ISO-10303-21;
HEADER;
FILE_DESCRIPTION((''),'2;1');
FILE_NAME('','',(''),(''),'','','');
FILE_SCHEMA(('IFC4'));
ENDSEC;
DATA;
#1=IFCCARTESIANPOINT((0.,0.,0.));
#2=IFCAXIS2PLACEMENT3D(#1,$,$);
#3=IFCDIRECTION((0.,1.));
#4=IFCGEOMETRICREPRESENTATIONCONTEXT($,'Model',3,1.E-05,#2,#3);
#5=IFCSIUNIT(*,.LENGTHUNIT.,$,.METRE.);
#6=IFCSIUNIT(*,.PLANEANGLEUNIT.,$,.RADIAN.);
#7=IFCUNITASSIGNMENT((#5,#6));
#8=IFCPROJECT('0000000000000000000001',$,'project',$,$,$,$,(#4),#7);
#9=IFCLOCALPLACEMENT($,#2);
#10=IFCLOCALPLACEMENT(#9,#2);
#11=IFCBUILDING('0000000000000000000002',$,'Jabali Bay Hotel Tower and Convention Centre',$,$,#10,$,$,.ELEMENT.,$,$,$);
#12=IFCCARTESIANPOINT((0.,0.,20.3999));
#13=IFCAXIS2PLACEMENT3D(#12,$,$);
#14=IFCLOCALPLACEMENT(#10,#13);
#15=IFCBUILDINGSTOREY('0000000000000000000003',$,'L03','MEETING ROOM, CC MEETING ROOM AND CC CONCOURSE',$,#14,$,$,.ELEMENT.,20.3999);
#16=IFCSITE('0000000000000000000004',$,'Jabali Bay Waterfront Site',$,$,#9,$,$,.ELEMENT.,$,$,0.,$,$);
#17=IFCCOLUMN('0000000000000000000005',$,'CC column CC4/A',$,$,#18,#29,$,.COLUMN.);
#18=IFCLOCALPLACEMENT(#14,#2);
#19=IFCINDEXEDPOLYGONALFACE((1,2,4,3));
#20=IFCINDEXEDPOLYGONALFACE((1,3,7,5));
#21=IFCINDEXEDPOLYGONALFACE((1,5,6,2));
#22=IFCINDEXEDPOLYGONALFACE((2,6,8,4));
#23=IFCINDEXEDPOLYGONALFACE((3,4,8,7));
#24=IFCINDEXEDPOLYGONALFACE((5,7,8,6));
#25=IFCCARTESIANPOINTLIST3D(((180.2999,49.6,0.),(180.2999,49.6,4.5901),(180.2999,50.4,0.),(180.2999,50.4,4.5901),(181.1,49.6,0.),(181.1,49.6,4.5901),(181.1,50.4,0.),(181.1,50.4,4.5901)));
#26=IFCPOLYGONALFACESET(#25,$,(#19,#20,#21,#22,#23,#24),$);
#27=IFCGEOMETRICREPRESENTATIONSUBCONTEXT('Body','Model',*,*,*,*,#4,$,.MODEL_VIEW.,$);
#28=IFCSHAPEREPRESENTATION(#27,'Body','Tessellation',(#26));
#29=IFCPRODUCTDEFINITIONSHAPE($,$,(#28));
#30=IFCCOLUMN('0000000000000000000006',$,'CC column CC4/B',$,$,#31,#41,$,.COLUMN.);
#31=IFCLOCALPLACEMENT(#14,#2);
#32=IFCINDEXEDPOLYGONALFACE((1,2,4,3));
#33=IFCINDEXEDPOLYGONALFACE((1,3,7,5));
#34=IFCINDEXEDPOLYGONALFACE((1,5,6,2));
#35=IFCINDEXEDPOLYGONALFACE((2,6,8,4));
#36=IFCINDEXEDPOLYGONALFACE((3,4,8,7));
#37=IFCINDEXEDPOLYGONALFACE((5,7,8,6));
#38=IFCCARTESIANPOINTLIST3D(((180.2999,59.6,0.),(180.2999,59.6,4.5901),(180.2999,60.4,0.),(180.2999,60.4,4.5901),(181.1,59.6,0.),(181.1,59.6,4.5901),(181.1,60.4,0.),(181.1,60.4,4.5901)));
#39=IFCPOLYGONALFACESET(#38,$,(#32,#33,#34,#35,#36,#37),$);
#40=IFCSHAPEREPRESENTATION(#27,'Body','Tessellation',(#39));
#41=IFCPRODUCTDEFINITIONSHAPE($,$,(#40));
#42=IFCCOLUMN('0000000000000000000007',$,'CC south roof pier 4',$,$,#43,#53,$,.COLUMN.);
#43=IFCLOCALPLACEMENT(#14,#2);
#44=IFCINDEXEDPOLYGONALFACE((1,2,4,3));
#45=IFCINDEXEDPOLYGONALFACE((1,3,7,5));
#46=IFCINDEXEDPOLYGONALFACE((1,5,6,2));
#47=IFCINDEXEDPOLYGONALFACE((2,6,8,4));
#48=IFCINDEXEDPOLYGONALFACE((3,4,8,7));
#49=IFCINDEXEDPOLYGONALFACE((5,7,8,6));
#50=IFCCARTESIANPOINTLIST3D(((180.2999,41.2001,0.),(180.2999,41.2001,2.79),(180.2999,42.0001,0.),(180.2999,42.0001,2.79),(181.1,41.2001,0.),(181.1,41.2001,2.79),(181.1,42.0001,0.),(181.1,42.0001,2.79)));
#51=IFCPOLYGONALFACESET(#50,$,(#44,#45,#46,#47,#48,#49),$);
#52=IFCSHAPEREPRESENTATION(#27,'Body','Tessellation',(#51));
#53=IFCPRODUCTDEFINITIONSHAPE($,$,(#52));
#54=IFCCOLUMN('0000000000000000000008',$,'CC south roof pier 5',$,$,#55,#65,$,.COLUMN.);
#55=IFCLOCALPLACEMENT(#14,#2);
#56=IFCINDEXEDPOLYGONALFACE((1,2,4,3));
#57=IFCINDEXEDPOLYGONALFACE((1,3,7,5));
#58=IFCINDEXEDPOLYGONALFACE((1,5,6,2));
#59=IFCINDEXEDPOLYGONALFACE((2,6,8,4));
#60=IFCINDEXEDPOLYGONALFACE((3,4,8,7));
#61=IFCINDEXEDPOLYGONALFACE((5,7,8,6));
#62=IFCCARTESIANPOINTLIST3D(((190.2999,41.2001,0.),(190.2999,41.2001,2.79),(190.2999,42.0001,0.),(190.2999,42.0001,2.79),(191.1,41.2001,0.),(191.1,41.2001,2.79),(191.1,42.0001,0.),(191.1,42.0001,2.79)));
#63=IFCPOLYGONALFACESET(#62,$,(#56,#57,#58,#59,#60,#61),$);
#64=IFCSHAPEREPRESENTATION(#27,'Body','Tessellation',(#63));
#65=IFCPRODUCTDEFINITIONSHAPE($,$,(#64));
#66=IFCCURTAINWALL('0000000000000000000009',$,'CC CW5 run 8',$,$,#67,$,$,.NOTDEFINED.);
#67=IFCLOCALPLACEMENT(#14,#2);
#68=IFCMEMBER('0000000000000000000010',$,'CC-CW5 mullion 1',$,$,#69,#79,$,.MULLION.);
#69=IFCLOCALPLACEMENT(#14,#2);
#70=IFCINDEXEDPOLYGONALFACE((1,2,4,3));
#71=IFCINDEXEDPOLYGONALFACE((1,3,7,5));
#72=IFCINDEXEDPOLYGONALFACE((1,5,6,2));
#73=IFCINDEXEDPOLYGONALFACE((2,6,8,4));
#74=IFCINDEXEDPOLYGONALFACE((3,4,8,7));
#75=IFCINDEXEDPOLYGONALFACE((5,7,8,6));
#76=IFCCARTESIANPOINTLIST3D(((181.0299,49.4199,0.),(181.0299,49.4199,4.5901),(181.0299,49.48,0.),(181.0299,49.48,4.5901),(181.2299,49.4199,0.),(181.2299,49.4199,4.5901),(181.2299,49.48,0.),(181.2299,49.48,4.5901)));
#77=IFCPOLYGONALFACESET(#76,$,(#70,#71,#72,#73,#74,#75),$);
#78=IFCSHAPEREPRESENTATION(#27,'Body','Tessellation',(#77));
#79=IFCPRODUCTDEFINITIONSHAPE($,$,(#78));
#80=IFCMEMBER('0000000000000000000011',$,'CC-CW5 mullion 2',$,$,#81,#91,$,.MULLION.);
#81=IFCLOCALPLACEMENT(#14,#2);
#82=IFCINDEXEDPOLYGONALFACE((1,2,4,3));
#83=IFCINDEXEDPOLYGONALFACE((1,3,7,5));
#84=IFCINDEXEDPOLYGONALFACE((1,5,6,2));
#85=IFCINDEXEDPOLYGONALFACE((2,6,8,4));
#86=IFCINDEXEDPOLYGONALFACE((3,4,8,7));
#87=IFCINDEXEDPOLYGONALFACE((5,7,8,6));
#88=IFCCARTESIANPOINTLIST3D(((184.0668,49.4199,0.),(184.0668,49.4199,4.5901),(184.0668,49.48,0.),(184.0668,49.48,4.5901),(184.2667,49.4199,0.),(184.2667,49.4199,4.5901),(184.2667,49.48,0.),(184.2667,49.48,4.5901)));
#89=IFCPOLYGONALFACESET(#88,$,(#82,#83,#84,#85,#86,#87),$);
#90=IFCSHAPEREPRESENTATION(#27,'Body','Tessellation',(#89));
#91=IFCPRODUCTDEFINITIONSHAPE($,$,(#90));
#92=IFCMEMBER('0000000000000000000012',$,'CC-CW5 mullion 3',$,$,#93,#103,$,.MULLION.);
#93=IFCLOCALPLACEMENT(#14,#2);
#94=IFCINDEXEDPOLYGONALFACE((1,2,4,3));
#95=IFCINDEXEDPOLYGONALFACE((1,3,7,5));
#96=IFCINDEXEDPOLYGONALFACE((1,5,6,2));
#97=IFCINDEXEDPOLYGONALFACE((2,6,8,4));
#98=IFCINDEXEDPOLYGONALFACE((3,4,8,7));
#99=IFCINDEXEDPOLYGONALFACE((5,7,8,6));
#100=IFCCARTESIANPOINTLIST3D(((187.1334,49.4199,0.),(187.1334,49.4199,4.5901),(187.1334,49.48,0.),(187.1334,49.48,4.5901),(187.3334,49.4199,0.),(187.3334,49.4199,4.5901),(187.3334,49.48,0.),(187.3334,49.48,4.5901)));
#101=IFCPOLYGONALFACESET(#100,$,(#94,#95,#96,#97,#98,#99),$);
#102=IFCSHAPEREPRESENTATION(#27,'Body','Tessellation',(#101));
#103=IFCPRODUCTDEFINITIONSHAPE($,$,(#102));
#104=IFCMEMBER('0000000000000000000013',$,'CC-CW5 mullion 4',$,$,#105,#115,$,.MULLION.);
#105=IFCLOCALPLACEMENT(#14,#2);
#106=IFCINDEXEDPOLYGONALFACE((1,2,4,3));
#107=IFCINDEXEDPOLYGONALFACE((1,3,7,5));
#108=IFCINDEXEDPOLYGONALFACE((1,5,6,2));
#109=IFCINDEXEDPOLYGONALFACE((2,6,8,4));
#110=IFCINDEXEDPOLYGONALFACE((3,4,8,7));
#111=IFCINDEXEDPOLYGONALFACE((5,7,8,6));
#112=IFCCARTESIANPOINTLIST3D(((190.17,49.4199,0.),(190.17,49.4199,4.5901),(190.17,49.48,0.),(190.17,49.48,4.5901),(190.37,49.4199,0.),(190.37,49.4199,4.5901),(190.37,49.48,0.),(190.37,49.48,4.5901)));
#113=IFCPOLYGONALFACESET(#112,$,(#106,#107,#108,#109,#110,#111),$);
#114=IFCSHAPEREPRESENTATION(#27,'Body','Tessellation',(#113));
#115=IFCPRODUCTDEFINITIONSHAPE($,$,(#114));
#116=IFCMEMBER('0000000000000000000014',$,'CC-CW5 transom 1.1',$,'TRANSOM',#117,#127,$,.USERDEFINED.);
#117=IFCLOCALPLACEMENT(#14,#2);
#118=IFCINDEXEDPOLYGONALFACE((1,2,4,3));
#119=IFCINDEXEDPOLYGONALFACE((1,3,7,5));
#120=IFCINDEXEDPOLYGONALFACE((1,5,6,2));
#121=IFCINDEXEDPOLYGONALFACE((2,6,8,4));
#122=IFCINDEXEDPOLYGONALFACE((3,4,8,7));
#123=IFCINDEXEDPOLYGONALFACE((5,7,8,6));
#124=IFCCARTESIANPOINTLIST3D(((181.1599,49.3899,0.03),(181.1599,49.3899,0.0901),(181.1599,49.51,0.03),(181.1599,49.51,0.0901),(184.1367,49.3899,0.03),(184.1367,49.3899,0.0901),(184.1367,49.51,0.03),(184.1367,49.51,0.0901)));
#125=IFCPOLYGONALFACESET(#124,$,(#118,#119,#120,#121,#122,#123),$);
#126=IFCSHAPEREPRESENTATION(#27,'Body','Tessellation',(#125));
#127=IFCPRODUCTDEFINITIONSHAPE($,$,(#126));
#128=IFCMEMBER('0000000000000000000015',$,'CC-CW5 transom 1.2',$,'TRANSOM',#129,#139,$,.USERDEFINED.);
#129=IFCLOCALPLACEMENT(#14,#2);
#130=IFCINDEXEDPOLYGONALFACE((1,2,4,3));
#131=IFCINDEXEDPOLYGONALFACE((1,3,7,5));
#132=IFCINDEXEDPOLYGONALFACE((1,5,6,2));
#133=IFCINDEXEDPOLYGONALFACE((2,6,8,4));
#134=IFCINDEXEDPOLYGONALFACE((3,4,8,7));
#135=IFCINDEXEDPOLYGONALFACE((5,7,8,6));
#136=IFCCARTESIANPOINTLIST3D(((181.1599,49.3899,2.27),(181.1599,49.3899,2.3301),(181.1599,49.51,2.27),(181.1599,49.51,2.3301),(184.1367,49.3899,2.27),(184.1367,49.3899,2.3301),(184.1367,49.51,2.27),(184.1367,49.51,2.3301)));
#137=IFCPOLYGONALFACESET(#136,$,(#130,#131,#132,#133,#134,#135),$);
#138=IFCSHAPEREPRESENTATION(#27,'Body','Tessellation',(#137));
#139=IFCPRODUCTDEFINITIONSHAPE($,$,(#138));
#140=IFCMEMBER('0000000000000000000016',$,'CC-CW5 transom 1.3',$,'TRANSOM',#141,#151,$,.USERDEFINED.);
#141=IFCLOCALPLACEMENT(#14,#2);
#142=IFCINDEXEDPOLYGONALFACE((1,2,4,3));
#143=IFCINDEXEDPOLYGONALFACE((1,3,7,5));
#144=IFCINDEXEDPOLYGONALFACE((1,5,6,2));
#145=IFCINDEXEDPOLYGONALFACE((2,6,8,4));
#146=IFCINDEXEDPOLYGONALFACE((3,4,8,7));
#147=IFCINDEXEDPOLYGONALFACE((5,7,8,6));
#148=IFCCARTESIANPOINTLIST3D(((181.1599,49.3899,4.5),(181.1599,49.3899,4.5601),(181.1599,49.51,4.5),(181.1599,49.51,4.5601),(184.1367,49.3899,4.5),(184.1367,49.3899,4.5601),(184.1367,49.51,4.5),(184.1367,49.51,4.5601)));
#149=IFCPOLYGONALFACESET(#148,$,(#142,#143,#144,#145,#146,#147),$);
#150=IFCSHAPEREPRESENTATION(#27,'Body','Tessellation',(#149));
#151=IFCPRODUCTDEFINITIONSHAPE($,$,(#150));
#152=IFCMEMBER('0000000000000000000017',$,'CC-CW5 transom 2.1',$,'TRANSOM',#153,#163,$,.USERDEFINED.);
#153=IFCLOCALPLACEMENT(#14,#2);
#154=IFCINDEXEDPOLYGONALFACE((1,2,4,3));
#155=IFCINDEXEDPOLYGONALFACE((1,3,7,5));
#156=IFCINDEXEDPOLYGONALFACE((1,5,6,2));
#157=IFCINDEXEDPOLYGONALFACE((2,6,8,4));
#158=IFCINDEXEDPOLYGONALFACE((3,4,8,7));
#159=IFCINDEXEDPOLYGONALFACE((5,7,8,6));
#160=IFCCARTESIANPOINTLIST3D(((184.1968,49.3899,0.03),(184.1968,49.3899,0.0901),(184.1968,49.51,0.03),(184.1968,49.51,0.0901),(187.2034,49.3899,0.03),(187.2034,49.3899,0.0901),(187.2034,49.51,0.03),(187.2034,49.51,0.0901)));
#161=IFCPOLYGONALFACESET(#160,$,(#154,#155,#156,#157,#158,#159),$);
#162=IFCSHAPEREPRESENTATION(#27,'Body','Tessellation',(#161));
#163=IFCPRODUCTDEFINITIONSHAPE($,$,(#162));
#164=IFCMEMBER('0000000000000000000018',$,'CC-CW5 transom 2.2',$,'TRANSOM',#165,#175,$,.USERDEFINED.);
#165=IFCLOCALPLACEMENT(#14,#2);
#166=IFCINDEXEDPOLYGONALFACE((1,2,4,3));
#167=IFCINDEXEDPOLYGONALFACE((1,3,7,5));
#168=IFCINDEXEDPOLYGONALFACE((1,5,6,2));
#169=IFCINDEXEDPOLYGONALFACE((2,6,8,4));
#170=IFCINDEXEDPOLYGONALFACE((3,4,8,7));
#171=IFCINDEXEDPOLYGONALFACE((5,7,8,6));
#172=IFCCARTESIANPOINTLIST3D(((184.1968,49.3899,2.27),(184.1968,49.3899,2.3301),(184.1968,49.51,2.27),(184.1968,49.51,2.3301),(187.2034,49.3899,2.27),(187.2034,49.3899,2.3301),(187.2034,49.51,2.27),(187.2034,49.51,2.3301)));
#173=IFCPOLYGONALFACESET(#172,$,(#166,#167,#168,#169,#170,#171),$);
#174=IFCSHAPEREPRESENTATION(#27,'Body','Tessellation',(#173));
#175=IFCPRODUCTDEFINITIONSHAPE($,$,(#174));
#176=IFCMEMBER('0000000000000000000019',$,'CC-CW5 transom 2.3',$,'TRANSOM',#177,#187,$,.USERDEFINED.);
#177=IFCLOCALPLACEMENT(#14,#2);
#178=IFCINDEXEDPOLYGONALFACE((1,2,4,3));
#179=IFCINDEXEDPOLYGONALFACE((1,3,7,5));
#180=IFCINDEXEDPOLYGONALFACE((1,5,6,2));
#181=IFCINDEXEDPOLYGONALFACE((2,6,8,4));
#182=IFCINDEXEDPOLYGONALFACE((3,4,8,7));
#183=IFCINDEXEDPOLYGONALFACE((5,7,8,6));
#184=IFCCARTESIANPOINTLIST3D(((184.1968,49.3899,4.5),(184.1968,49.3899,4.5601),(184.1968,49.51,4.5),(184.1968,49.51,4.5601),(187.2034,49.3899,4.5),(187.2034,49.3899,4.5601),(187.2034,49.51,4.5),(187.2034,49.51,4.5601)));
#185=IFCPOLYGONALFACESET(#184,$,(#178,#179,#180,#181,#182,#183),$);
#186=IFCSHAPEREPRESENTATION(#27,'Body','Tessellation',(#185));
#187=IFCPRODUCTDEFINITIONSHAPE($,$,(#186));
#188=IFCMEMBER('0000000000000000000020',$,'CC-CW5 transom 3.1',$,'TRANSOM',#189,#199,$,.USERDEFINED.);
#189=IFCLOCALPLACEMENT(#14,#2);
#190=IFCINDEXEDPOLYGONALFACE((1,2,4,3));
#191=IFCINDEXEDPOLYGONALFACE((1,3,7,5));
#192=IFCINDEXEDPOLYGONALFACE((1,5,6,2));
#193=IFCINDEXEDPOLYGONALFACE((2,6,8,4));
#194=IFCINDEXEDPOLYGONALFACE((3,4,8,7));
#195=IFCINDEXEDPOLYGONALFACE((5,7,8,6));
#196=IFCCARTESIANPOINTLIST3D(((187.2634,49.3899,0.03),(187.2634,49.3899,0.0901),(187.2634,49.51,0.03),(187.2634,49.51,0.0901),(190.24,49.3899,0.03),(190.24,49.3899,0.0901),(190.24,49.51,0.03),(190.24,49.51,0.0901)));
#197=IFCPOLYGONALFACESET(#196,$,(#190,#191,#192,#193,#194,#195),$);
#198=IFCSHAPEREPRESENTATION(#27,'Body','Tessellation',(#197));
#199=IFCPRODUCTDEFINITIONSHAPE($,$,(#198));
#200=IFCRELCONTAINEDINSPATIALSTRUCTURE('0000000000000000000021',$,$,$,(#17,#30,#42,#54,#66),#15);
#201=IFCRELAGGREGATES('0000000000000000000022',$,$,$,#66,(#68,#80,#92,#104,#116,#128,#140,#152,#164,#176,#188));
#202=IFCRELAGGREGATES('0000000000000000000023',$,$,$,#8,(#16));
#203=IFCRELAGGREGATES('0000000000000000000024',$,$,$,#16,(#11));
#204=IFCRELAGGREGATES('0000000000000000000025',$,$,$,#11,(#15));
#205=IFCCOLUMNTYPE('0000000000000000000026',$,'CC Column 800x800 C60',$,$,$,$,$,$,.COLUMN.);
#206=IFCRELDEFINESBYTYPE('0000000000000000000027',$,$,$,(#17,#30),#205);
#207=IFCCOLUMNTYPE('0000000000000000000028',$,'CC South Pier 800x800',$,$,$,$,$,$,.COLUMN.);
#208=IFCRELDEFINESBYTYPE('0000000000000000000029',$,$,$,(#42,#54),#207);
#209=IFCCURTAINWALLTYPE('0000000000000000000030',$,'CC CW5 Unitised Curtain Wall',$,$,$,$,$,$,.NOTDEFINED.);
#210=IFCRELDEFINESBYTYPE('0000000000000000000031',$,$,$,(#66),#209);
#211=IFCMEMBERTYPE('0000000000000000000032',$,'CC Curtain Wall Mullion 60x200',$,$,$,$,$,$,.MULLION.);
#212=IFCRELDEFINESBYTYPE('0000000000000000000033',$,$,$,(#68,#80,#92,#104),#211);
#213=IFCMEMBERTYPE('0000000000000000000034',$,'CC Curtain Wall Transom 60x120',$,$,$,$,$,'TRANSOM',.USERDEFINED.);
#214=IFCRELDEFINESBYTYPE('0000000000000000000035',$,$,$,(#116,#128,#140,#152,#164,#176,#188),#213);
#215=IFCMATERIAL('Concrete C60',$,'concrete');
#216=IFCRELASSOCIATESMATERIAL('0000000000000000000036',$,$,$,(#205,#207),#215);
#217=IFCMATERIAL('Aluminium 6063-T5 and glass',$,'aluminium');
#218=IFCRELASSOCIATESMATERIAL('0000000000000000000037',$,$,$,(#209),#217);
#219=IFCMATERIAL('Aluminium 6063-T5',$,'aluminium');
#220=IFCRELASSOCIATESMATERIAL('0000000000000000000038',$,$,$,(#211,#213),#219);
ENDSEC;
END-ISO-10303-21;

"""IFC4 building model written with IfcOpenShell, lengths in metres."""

from ifc_helpers import new_model, si_unit, direction, frame, origin, origin_2d, place, context, subcontext, project, spatial, rectangle, extrude, material, material_profile, profile_set, type_object, element, aggregate, save


model = new_model("IFC4")

# Units and contexts
model_context = context("Model", 3, precision=1e-05, world=origin(), true_north=direction((0.0, 1.0)))
body_context = subcontext(model_context, "Body", "Model", "MODEL_VIEW")
ifc_project = project(units=[si_unit("LENGTHUNIT", "METRE"), si_unit("PLANEANGLEUNIT", "RADIAN")], contexts=[model_context])

# Site, building, storey
site_placement = place(None, origin())
site = spatial("IfcSite", under=ifc_project, at=site_placement, Name="Jabali Bay Waterfront Site", CompositionType="ELEMENT", RefElevation=0.0)
building_placement = place(site_placement, origin())
building = spatial("IfcBuilding", under=site, at=building_placement, Name="Jabali Bay Hotel Tower and Convention Centre", CompositionType="ELEMENT")
storey_placement = place(building_placement, frame((0.0, 0.0, 20.3999)))
storey = spatial("IfcBuildingStorey", under=building, at=storey_placement, Name="L03", Description="MEETING ROOM, CC MEETING ROOM AND CC CONCOURSE", CompositionType="ELEMENT", Elevation=20.3999)

# Columns
ifc_material_1 = material(Name="Concrete C60", Category="concrete")
ifc_material_profile_1 = material_profile(ifc_material_1, rectangle(XDim=0.8, YDim=0.8, at=origin_2d()), Name="RC 800x800")
ifc_profile_set_1 = profile_set([ifc_material_profile_1], Name="Concrete C60")
column_type_1 = type_object("IfcColumnType", Name="CC Column 800x800 C60", PredefinedType="COLUMN", material=ifc_profile_set_1)
for number, where, z_axis, x_axis, name in (
    (1, (180.7, 50.0, 0.0), (0.0, 0.0, 1.0), (1.0, 0.0, 0.0), "CC column CC4/A"),
    (2, (180.7, 60.0, 0.0), (0.0, 0.0, 1.0), (1.0, 0.0, 0.0), "CC column CC4/B"),
):
    element("IfcColumn", number, at=place(storey_placement, frame(where, z_axis=z_axis, x_axis=x_axis)), inside=storey, type_object=column_type_1, Name=name, PredefinedType="COLUMN", context=body_context, shape_type="SweptSolid", body=[
        extrude(rectangle(XDim=0.8, YDim=0.8, at=origin_2d()), origin(), (0.0, 0.0, 1.0), 4.5901),
    ])
ifc_material_profile_2 = material_profile(ifc_material_1, rectangle(XDim=0.8, YDim=0.8, at=origin_2d()), Name="RC 800x800")
ifc_profile_set_2 = profile_set([ifc_material_profile_2], Name="Concrete C60")
column_type_2 = type_object("IfcColumnType", Name="CC South Pier 800x800", PredefinedType="COLUMN", material=ifc_profile_set_2)
for number, where, z_axis, x_axis, name in (
    (3, (180.7, 41.6001, 0.0), (0.0, 0.0, 1.0), (1.0, 0.0, 0.0), "CC south roof pier 4"),
    (4, (190.7, 41.6001, 0.0), (0.0, 0.0, 1.0), (1.0, 0.0, 0.0), "CC south roof pier 5"),
):
    element("IfcColumn", number, at=place(storey_placement, frame(where, z_axis=z_axis, x_axis=x_axis)), inside=storey, type_object=column_type_2, Name=name, PredefinedType="COLUMN", context=body_context, shape_type="SweptSolid", body=[
        extrude(rectangle(XDim=0.8, YDim=0.8, at=origin_2d()), origin(), (0.0, 0.0, 1.0), 2.79),
    ])

# Curtain wall, members
ifc_material_2 = material(Name="Aluminium 6063-T5 and glass", Category="aluminium")
curtain_wall_type = type_object("IfcCurtainWallType", Name="CC CW5 Unitised Curtain Wall", PredefinedType="NOTDEFINED", material=ifc_material_2)
curtain_wall_placement = place(storey_placement, origin())
curtain_wall = element("IfcCurtainWall", 5, at=curtain_wall_placement, inside=storey, type_object=curtain_wall_type, Name="CC CW5 run 8", PredefinedType="NOTDEFINED")
ifc_material_3 = material(Name="Aluminium 6063-T5", Category="aluminium")
ifc_material_profile_3 = material_profile(ifc_material_3, rectangle(XDim=0.0601, YDim=0.2, at=origin_2d()), Name="AL 60x200")
ifc_profile_set_3 = profile_set([ifc_material_profile_3], Name="Aluminium 6063-T5")
member_type_1 = type_object("IfcMemberType", Name="CC Curtain Wall Mullion 60x200", PredefinedType="MULLION", material=ifc_profile_set_3)
member_1_placement = place(storey_placement, frame((181.1299, 49.45, 0.0), z_axis=(0.0, 0.0, 1.0), x_axis=(0.0, 1.0, 0.0)))
member_1 = element("IfcMember", 6, at=member_1_placement, type_object=member_type_1, Name="CC-CW5 mullion 1", PredefinedType="MULLION", context=body_context, shape_type="SweptSolid", body=[
    extrude(rectangle(XDim=0.0601, YDim=0.2, at=origin_2d()), origin(), (0.0, 0.0, 1.0), 4.5901),
])
member_2_placement = place(storey_placement, frame((184.1667, 49.45, 0.0), z_axis=(0.0, 0.0, 1.0), x_axis=(0.0, 1.0, 0.0)))
member_2 = element("IfcMember", 7, at=member_2_placement, type_object=member_type_1, Name="CC-CW5 mullion 2", PredefinedType="MULLION", context=body_context, shape_type="SweptSolid", body=[
    extrude(rectangle(XDim=0.0601, YDim=0.2, at=origin_2d()), origin(), (0.0, 0.0, 1.0), 4.5901),
])
member_3_placement = place(storey_placement, frame((187.2334, 49.45, 0.0), z_axis=(0.0, 0.0, 1.0), x_axis=(0.0, 1.0, 0.0)))
member_3 = element("IfcMember", 8, at=member_3_placement, type_object=member_type_1, Name="CC-CW5 mullion 3", PredefinedType="MULLION", context=body_context, shape_type="SweptSolid", body=[
    extrude(rectangle(XDim=0.0601, YDim=0.2, at=origin_2d()), origin(), (0.0, 0.0, 1.0), 4.5901),
])
member_4_placement = place(storey_placement, frame((190.27, 49.45, 0.0), z_axis=(0.0, 0.0, 1.0), x_axis=(0.0, 1.0, 0.0)))
member_4 = element("IfcMember", 9, at=member_4_placement, type_object=member_type_1, Name="CC-CW5 mullion 4", PredefinedType="MULLION", context=body_context, shape_type="SweptSolid", body=[
    extrude(rectangle(XDim=0.0601, YDim=0.2, at=origin_2d()), origin(), (0.0, 0.0, 1.0), 4.5901),
])
ifc_material_profile_4 = material_profile(ifc_material_3, rectangle(XDim=0.1201, YDim=0.0601, at=origin_2d()), Name="AL 120x60")
ifc_profile_set_4 = profile_set([ifc_material_profile_4], Name="Aluminium 6063-T5")
member_type_2 = type_object("IfcMemberType", Name="CC Curtain Wall Transom 60x120", ElementType="TRANSOM", PredefinedType="USERDEFINED", material=ifc_profile_set_4)
member_5_placement = place(storey_placement, frame((181.1599, 49.45, 0.0601), z_axis=(1.0, 0.0, 0.0), x_axis=(0.0, 1.0, 0.0)))
member_5 = element("IfcMember", 10, at=member_5_placement, type_object=member_type_2, Name="CC-CW5 transom 1.1", ObjectType="TRANSOM", PredefinedType="USERDEFINED", context=body_context, shape_type="SweptSolid", body=[
    extrude(rectangle(XDim=0.1201, YDim=0.0601, at=origin_2d()), origin(), (0.0, 0.0, 1.0), 2.9768),
])
member_6_placement = place(storey_placement, frame((181.1599, 49.45, 2.3), z_axis=(1.0, 0.0, 0.0), x_axis=(0.0, 1.0, 0.0)))
member_6 = element("IfcMember", 11, at=member_6_placement, type_object=member_type_2, Name="CC-CW5 transom 1.2", ObjectType="TRANSOM", PredefinedType="USERDEFINED", context=body_context, shape_type="SweptSolid", body=[
    extrude(rectangle(XDim=0.1201, YDim=0.0601, at=origin_2d()), origin(), (0.0, 0.0, 1.0), 2.9768),
])
member_7_placement = place(storey_placement, frame((181.1599, 49.45, 4.53), z_axis=(1.0, 0.0, 0.0), x_axis=(0.0, 1.0, 0.0)))
member_7 = element("IfcMember", 12, at=member_7_placement, type_object=member_type_2, Name="CC-CW5 transom 1.3", ObjectType="TRANSOM", PredefinedType="USERDEFINED", context=body_context, shape_type="SweptSolid", body=[
    extrude(rectangle(XDim=0.1201, YDim=0.0601, at=origin_2d()), origin(), (0.0, 0.0, 1.0), 2.9768),
])
member_8_placement = place(storey_placement, frame((184.1968, 49.45, 0.0601), z_axis=(1.0, 0.0, 0.0), x_axis=(0.0, 1.0, 0.0)))
member_8 = element("IfcMember", 13, at=member_8_placement, type_object=member_type_2, Name="CC-CW5 transom 2.1", ObjectType="TRANSOM", PredefinedType="USERDEFINED", context=body_context, shape_type="SweptSolid", body=[
    extrude(rectangle(XDim=0.1201, YDim=0.0601, at=origin_2d()), origin(), (0.0, 0.0, 1.0), 3.0066),
])
member_9_placement = place(storey_placement, frame((184.1968, 49.45, 2.3), z_axis=(1.0, 0.0, 0.0), x_axis=(0.0, 1.0, 0.0)))
member_9 = element("IfcMember", 14, at=member_9_placement, type_object=member_type_2, Name="CC-CW5 transom 2.2", ObjectType="TRANSOM", PredefinedType="USERDEFINED", context=body_context, shape_type="SweptSolid", body=[
    extrude(rectangle(XDim=0.1201, YDim=0.0601, at=origin_2d()), origin(), (0.0, 0.0, 1.0), 3.0066),
])
member_10_placement = place(storey_placement, frame((184.1968, 49.45, 4.53), z_axis=(1.0, 0.0, 0.0), x_axis=(0.0, 1.0, 0.0)))
member_10 = element("IfcMember", 15, at=member_10_placement, type_object=member_type_2, Name="CC-CW5 transom 2.3", ObjectType="TRANSOM", PredefinedType="USERDEFINED", context=body_context, shape_type="SweptSolid", body=[
    extrude(rectangle(XDim=0.1201, YDim=0.0601, at=origin_2d()), origin(), (0.0, 0.0, 1.0), 3.0066),
])
member_11_placement = place(storey_placement, frame((187.2634, 49.45, 0.0601), z_axis=(1.0, 0.0, 0.0), x_axis=(0.0, 1.0, 0.0)))
member_11 = element("IfcMember", 16, at=member_11_placement, type_object=member_type_2, Name="CC-CW5 transom 3.1", ObjectType="TRANSOM", PredefinedType="USERDEFINED", context=body_context, shape_type="SweptSolid", body=[
    extrude(rectangle(XDim=0.1201, YDim=0.0601, at=origin_2d()), origin(), (0.0, 0.0, 1.0), 2.9766),
])
aggregate(curtain_wall, [member_1, member_2, member_3, member_4, member_5, member_6, member_7, member_8, member_9, member_10, member_11])

save(model, "model.ifc")
